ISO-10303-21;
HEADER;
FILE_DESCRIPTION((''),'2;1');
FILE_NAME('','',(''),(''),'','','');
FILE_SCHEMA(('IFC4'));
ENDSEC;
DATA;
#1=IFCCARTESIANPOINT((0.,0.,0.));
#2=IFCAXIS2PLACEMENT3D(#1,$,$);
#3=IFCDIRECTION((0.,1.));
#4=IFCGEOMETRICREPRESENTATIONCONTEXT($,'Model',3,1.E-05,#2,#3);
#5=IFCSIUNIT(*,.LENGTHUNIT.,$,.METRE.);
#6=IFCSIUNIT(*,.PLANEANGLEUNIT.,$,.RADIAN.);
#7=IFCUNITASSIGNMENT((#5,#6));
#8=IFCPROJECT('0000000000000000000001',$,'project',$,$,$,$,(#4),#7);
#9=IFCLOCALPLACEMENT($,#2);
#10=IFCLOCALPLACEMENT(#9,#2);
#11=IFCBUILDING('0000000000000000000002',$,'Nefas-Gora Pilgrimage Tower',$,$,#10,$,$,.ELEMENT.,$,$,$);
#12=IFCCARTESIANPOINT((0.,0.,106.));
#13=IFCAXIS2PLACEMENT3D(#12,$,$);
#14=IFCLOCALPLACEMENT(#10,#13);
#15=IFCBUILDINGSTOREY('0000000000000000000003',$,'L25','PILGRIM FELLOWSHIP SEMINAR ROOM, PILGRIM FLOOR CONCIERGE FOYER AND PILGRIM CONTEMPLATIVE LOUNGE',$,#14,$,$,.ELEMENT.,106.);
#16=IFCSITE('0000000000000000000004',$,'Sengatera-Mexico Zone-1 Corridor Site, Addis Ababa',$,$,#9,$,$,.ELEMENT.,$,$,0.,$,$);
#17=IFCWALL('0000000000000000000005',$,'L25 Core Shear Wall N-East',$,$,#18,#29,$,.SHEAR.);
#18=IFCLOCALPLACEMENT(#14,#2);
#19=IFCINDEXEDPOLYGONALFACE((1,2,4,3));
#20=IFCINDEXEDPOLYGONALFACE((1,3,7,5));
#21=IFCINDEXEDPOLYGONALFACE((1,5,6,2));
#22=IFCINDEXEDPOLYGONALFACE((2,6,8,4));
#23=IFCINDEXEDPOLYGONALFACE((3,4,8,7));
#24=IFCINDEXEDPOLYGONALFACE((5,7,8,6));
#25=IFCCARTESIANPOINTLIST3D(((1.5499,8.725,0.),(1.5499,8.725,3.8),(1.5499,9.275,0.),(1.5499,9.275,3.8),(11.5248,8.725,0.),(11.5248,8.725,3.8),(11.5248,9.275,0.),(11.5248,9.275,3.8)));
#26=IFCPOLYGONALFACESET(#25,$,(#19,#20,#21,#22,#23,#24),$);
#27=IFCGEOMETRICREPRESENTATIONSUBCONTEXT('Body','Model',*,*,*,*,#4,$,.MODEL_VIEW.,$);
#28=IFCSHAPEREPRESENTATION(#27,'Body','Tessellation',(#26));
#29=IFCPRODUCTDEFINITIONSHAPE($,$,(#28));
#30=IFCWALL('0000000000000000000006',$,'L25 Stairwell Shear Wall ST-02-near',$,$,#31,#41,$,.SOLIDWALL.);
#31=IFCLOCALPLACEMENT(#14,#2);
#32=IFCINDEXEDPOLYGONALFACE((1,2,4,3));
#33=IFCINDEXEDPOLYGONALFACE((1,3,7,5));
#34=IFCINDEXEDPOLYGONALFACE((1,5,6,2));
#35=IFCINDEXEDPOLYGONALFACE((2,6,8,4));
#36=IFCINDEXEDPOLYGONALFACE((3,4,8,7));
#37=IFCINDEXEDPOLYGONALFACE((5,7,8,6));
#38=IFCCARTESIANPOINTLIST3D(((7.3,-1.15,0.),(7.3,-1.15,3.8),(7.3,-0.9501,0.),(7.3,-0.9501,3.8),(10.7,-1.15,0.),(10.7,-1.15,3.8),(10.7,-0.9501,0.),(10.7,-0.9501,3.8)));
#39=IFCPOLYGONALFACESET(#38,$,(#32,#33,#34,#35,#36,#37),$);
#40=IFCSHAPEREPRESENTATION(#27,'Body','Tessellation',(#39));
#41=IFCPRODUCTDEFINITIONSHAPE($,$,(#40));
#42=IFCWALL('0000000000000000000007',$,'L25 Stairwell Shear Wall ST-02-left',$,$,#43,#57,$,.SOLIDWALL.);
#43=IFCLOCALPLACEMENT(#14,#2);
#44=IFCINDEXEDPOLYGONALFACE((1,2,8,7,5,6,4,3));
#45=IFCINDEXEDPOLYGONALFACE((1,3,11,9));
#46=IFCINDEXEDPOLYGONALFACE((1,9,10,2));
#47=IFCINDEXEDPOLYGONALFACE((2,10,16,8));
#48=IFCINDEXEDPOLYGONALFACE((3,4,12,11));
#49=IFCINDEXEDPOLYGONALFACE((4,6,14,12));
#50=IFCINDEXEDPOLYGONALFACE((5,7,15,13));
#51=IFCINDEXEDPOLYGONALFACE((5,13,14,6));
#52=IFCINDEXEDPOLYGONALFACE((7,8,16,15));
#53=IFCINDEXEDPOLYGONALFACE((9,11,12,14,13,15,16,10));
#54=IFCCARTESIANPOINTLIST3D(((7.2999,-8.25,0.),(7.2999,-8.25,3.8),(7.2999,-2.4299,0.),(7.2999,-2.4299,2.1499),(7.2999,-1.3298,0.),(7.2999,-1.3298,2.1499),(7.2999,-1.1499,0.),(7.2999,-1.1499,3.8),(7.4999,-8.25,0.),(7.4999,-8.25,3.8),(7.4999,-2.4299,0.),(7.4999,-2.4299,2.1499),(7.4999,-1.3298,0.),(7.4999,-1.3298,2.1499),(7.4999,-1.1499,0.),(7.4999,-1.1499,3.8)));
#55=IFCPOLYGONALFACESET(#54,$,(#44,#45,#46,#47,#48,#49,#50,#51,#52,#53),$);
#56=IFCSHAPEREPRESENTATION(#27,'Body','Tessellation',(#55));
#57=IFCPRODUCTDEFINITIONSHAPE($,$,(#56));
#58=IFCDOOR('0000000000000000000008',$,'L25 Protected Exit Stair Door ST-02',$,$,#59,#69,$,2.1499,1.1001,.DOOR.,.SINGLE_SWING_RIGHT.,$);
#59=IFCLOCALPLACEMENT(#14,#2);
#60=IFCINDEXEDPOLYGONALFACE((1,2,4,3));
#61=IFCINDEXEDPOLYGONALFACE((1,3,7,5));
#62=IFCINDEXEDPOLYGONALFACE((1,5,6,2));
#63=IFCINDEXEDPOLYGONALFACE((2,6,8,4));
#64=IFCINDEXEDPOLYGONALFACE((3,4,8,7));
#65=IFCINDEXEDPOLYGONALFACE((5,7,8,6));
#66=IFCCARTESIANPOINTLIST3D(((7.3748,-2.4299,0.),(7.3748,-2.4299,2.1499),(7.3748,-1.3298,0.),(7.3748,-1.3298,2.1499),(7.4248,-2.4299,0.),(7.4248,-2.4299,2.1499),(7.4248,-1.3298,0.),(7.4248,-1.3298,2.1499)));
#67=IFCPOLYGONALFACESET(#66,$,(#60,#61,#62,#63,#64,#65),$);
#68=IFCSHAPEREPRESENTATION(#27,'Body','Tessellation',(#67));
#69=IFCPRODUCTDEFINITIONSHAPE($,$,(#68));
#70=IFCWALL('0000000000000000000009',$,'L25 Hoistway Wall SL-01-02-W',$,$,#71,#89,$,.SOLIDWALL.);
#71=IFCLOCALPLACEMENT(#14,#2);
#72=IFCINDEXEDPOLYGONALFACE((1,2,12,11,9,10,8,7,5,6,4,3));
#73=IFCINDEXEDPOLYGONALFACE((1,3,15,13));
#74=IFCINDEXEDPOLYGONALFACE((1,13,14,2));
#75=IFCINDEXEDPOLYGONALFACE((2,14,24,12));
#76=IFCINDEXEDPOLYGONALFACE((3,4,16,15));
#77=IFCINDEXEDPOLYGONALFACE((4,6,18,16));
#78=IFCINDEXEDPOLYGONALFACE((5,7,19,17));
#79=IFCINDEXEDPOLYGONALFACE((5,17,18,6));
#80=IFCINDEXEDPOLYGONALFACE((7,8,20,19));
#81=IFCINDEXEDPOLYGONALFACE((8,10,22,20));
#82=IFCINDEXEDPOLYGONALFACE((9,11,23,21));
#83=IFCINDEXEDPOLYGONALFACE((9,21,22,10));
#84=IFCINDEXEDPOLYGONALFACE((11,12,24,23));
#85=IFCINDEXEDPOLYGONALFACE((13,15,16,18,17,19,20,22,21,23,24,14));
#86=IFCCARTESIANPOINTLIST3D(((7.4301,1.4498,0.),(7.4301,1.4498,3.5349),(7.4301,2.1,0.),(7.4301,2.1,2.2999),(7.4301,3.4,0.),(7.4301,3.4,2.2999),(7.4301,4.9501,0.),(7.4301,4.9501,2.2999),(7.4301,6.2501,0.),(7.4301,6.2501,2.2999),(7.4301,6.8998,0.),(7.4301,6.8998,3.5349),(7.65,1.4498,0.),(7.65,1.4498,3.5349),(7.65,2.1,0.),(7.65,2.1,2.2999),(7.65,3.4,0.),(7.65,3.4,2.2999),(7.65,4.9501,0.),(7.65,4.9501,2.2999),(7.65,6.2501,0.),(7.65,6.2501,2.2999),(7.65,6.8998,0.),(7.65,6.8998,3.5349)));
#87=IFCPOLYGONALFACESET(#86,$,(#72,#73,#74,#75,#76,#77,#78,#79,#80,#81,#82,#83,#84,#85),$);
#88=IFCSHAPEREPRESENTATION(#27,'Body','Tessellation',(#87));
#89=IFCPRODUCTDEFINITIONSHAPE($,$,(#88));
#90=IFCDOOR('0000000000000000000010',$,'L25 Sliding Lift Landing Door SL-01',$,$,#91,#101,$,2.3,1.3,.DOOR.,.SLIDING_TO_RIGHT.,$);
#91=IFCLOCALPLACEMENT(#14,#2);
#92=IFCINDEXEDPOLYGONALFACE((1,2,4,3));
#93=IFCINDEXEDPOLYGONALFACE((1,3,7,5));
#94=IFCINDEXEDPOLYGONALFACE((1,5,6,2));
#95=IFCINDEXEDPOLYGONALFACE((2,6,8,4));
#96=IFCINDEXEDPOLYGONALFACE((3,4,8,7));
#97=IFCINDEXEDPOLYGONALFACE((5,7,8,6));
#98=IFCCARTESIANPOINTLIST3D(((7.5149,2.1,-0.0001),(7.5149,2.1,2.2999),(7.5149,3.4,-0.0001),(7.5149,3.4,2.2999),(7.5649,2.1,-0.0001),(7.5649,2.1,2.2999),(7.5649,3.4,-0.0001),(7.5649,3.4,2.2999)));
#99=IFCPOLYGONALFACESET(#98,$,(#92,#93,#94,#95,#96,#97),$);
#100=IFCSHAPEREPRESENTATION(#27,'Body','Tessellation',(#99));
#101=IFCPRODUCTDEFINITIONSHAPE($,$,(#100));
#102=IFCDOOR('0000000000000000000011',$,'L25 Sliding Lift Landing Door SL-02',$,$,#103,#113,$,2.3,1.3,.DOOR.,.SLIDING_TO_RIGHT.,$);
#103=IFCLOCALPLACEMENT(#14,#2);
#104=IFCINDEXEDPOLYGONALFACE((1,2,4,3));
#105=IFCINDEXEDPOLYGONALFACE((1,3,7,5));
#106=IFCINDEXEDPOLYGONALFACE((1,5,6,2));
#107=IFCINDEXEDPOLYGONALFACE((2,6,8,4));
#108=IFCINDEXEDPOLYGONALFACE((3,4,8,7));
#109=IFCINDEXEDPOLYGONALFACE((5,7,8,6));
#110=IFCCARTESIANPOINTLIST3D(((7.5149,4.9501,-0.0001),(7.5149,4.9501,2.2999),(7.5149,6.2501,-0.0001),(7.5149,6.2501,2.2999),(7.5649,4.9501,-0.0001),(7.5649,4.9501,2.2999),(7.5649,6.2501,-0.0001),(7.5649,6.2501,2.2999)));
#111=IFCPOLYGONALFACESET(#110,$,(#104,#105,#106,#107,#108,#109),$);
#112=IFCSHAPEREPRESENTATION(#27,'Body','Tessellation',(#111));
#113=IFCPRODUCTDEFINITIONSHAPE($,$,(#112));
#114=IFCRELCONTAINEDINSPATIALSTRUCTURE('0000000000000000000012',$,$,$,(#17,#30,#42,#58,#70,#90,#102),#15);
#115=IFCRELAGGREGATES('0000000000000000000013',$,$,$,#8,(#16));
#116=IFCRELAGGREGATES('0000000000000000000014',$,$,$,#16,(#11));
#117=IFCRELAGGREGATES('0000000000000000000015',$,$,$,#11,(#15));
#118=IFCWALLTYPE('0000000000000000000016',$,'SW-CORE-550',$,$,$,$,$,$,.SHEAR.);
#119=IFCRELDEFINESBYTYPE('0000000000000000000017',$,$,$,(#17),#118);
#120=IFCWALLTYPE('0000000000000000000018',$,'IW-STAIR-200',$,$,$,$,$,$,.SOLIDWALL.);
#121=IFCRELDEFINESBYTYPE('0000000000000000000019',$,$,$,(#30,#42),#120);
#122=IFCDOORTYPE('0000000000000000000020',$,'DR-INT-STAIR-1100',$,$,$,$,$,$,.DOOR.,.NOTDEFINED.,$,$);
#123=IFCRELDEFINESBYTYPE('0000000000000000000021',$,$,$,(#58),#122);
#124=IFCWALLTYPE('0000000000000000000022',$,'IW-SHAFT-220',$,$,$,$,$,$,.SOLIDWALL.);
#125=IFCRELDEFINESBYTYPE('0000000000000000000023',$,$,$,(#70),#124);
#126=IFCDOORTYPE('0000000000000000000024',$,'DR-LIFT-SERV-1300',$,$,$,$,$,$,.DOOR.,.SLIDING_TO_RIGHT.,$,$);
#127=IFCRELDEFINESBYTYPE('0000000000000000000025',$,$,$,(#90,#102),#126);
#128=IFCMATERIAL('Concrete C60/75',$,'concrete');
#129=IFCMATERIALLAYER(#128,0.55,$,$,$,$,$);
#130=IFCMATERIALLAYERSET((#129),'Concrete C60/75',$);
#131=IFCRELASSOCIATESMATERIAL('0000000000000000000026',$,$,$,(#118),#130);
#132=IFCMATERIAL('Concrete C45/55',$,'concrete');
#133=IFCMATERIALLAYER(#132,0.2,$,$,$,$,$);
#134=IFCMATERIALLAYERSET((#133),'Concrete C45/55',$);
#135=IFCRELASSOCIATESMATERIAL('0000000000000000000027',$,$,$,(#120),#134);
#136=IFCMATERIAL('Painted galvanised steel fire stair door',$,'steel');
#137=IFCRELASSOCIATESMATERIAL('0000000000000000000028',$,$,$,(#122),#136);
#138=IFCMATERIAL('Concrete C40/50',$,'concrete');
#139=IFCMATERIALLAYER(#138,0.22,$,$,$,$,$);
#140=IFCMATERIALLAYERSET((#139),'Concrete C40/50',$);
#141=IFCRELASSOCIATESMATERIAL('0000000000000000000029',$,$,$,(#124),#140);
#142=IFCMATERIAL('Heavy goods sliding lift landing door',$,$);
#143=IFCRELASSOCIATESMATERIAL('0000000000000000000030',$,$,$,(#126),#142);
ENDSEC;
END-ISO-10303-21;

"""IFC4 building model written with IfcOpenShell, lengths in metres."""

from ifc_helpers import new_model, si_unit, direction, frame, frame_2d, origin, place, context, subcontext, project, spatial, rectangle, extrude, source, transform, mapped, material, layer, layer_set, type_object, element, fill, save


model = new_model("IFC4")

# Units and contexts
model_context = context("Model", 3, precision=1e-05, world=origin(), true_north=direction((0.0, 1.0)))
body_context = subcontext(model_context, "Body", "Model", "MODEL_VIEW")
ifc_project = project(units=[si_unit("LENGTHUNIT", "METRE"), si_unit("PLANEANGLEUNIT", "RADIAN")], contexts=[model_context])

# Site, building, storey
site_placement = place(None, origin())
site = spatial("IfcSite", under=ifc_project, at=site_placement, Name="Sengatera-Mexico Zone-1 Corridor Site, Addis Ababa", CompositionType="ELEMENT", RefElevation=0.0)
building_placement = place(site_placement, origin())
building = spatial("IfcBuilding", under=site, at=building_placement, Name="Nefas-Gora Pilgrimage Tower", CompositionType="ELEMENT")
storey_placement = place(building_placement, frame((0.0, 0.0, 106.0)))
storey = spatial("IfcBuildingStorey", under=building, at=storey_placement, Name="L25", Description="PILGRIM FELLOWSHIP SEMINAR ROOM, PILGRIM FLOOR CONCIERGE FOYER AND PILGRIM CONTEMPLATIVE LOUNGE", CompositionType="ELEMENT", Elevation=106.0)

# Walls
ifc_material_1 = material(Name="Concrete C60/75", Category="concrete")
ifc_layer_1 = layer(ifc_material_1, 0.55)
ifc_layer_set_1 = layer_set([ifc_layer_1], Name="Concrete C60/75")
wall_type_1 = type_object("IfcWallType", Name="SW-CORE-550", PredefinedType="SHEAR", material=ifc_layer_set_1)
shared_shape_1 = source(origin(), body_context, "Body", "SweptSolid", [
    extrude(rectangle(XDim=9.9749, YDim=0.55, at=frame_2d((4.9873, 0.0))), origin(), (0.0, 0.0, 1.0), 3.8),
])
wall_1_placement = place(storey_placement, frame((1.55, 9.0, 0.0), z_axis=(0.0, 0.0, 1.0), x_axis=(1.0, 0.0, 0.0)))
element("IfcWall", 1, at=wall_1_placement, inside=storey, type_object=wall_type_1, Name="L25 Core Shear Wall N-East", PredefinedType="SHEAR", context=body_context, shape_type="MappedRepresentation", body=[
    mapped(shared_shape_1, transform((0.0, 0.0, 0.0), x_axis=(1.0, 0.0, 0.0), y_axis=(0.0, 1.0, 0.0), z_axis=(0.0, 0.0, 1.0), scale=1.0)),
])
ifc_material_2 = material(Name="Concrete C45/55", Category="concrete")
ifc_layer_2 = layer(ifc_material_2, 0.2)
ifc_layer_set_2 = layer_set([ifc_layer_2], Name="Concrete C45/55")
wall_type_2 = type_object("IfcWallType", Name="IW-STAIR-200", PredefinedType="SOLIDWALL", material=ifc_layer_set_2)
shared_shape_2 = source(origin(), body_context, "Body", "SweptSolid", [
    extrude(rectangle(XDim=3.3999, YDim=0.2, at=frame_2d((1.7, 0.0))), origin(), (0.0, 0.0, 1.0), 3.8),
])
wall_2_placement = place(storey_placement, frame((7.3, -1.05, 0.0), z_axis=(0.0, 0.0, 1.0), x_axis=(1.0, 0.0, 0.0)))
element("IfcWall", 2, at=wall_2_placement, inside=storey, type_object=wall_type_2, Name="L25 Stairwell Shear Wall ST-02-near", PredefinedType="SOLIDWALL", context=body_context, shape_type="MappedRepresentation", body=[
    mapped(shared_shape_2, transform((0.0, 0.0, 0.0), x_axis=(1.0, 0.0, 0.0), y_axis=(0.0, 1.0, 0.0), z_axis=(0.0, 0.0, 1.0), scale=1.0)),
])

# Wall, opening, door
shared_shape_3 = source(origin(), body_context, "Body", "SweptSolid", [
    extrude(rectangle(XDim=7.1001, YDim=0.2, at=frame_2d((3.55, 0.0))), origin(), (0.0, 0.0, 1.0), 3.8),
])
wall_3_placement = place(storey_placement, frame((7.3999, -1.1499, 0.0), z_axis=(0.0, 0.0, 1.0), x_axis=(0.0, -1.0, 0.0)))
wall_3 = element("IfcWall", 3, at=wall_3_placement, inside=storey, type_object=wall_type_2, Name="L25 Stairwell Shear Wall ST-02-left", PredefinedType="SOLIDWALL", context=body_context, shape_type="MappedRepresentation", body=[
    mapped(shared_shape_3, transform((0.0, 0.0, 0.0), x_axis=(1.0, 0.0, 0.0), y_axis=(0.0, 1.0, 0.0), z_axis=(0.0, 0.0, 1.0), scale=1.0)),
])
opening_1_placement = place(wall_3_placement, frame((0.1799, 0.0, 0.0)))
opening_1 = element("IfcOpeningElement", 4, at=opening_1_placement, cuts=wall_3, PredefinedType="OPENING", context=body_context, shape_type="SweptSolid", body=[
    extrude(rectangle(XDim=1.1001, YDim=2.1499, at=frame_2d((0.55, 1.075))), frame((0.0, 0.1099, 0.0), z_axis=(0.0, -1.0, 0.0), x_axis=(1.0, 0.0, 0.0)), (0.0, 0.0, 1.0), 0.22),
])
ifc_material_3 = material(Name="Painted galvanised steel fire stair door", Category="steel")
door_type_1 = type_object("IfcDoorType", Name="DR-INT-STAIR-1100", OperationType="NOTDEFINED", PredefinedType="DOOR", material=ifc_material_3)
shared_shape_4 = source(origin(), body_context, "Body", "SweptSolid", [
    extrude(rectangle(XDim=1.1001, YDim=2.1499, at=frame_2d((0.55, 1.075))), frame((0.0, 0.0249, 0.0), z_axis=(0.0, -1.0, 0.0), x_axis=(1.0, 0.0, 0.0)), (0.0, 0.0, 1.0), 0.05),
])
door_1_placement = place(opening_1_placement, origin())
door_1 = element("IfcDoor", 5, at=door_1_placement, inside=storey, type_object=door_type_1, Name="L25 Protected Exit Stair Door ST-02", OperationType="SINGLE_SWING_RIGHT", OverallHeight=2.1499, OverallWidth=1.1001, PredefinedType="DOOR", context=body_context, shape_type="MappedRepresentation", body=[
    mapped(shared_shape_4, transform((0.0, 0.0, 0.0), x_axis=(1.0, 0.0, 0.0), y_axis=(0.0, 1.0, 0.0), z_axis=(0.0, 0.0, 1.0), scale=1.0)),
])
fill(opening_1, door_1)

# Wall, openings, doors
ifc_material_4 = material(Name="Concrete C40/50", Category="concrete")
ifc_layer_3 = layer(ifc_material_4, 0.22)
ifc_layer_set_3 = layer_set([ifc_layer_3], Name="Concrete C40/50")
wall_type_3 = type_object("IfcWallType", Name="IW-SHAFT-220", PredefinedType="SOLIDWALL", material=ifc_layer_set_3)
shared_shape_5 = source(origin(), body_context, "Body", "SweptSolid", [
    extrude(rectangle(XDim=5.45, YDim=0.22, at=frame_2d((2.7251, 0.0))), origin(), (0.0, 0.0, 1.0), 3.5349),
])
wall_4_placement = place(storey_placement, frame((7.54, 6.8999, 0.0), z_axis=(0.0, 0.0, 1.0), x_axis=(0.0, -1.0, 0.0)))
wall_4 = element("IfcWall", 6, at=wall_4_placement, inside=storey, type_object=wall_type_3, Name="L25 Hoistway Wall SL-01-02-W", PredefinedType="SOLIDWALL", context=body_context, shape_type="MappedRepresentation", body=[
    mapped(shared_shape_5, transform((0.0, 0.0, 0.0), x_axis=(1.0, 0.0, 0.0), y_axis=(0.0, 1.0, 0.0), z_axis=(0.0, 0.0, 1.0), scale=1.0)),
])
opening_2_placement = place(wall_4_placement, frame((3.5, 0.0, 0.0)))
opening_2 = element("IfcOpeningElement", 7, at=opening_2_placement, cuts=wall_4, PredefinedType="OPENING", context=body_context, shape_type="SweptSolid", body=[
    extrude(rectangle(XDim=1.3, YDim=2.3, at=frame_2d((0.6499, 1.1499))), frame((0.0, 0.1199, 0.0), z_axis=(0.0, -1.0, 0.0), x_axis=(1.0, 0.0, 0.0)), (0.0, 0.0, 1.0), 0.24),
])
opening_3_placement = place(wall_4_placement, frame((0.6499, 0.0, 0.0)))
opening_3 = element("IfcOpeningElement", 8, at=opening_3_placement, cuts=wall_4, PredefinedType="OPENING", context=body_context, shape_type="SweptSolid", body=[
    extrude(rectangle(XDim=1.3, YDim=2.3, at=frame_2d((0.6499, 1.1499))), frame((0.0, 0.1199, 0.0), z_axis=(0.0, -1.0, 0.0), x_axis=(1.0, 0.0, 0.0)), (0.0, 0.0, 1.0), 0.24),
])
ifc_material_5 = material(Name="Heavy goods sliding lift landing door")
door_type_2 = type_object("IfcDoorType", Name="DR-LIFT-SERV-1300", OperationType="SLIDING_TO_RIGHT", PredefinedType="DOOR", material=ifc_material_5)
shared_shape_6 = source(origin(), body_context, "Body", "SweptSolid", [
    extrude(rectangle(XDim=1.3, YDim=2.3, at=frame_2d((0.6499, 1.1499))), frame((0.0, 0.0249, 0.0), z_axis=(0.0, -1.0, 0.0), x_axis=(1.0, 0.0, 0.0)), (0.0, 0.0, 1.0), 0.05),
])
door_2_placement = place(opening_2_placement, origin())
door_2 = element("IfcDoor", 9, at=door_2_placement, inside=storey, type_object=door_type_2, Name="L25 Sliding Lift Landing Door SL-01", OperationType="SLIDING_TO_RIGHT", OverallHeight=2.3, OverallWidth=1.3, PredefinedType="DOOR", context=body_context, shape_type="MappedRepresentation", body=[
    mapped(shared_shape_6, transform((0.0, 0.0, 0.0), x_axis=(1.0, 0.0, 0.0), y_axis=(0.0, 1.0, 0.0), z_axis=(0.0, 0.0, 1.0), scale=1.0)),
])
fill(opening_2, door_2)
door_3_placement = place(opening_3_placement, origin())
door_3 = element("IfcDoor", 10, at=door_3_placement, inside=storey, type_object=door_type_2, Name="L25 Sliding Lift Landing Door SL-02", OperationType="SLIDING_TO_RIGHT", OverallHeight=2.3, OverallWidth=1.3, PredefinedType="DOOR", context=body_context, shape_type="MappedRepresentation", body=[
    mapped(shared_shape_6, transform((0.0, 0.0, 0.0), x_axis=(1.0, 0.0, 0.0), y_axis=(0.0, 1.0, 0.0), z_axis=(0.0, 0.0, 1.0), scale=1.0)),
])
fill(opening_3, door_3)

save(model, "model.ifc")
